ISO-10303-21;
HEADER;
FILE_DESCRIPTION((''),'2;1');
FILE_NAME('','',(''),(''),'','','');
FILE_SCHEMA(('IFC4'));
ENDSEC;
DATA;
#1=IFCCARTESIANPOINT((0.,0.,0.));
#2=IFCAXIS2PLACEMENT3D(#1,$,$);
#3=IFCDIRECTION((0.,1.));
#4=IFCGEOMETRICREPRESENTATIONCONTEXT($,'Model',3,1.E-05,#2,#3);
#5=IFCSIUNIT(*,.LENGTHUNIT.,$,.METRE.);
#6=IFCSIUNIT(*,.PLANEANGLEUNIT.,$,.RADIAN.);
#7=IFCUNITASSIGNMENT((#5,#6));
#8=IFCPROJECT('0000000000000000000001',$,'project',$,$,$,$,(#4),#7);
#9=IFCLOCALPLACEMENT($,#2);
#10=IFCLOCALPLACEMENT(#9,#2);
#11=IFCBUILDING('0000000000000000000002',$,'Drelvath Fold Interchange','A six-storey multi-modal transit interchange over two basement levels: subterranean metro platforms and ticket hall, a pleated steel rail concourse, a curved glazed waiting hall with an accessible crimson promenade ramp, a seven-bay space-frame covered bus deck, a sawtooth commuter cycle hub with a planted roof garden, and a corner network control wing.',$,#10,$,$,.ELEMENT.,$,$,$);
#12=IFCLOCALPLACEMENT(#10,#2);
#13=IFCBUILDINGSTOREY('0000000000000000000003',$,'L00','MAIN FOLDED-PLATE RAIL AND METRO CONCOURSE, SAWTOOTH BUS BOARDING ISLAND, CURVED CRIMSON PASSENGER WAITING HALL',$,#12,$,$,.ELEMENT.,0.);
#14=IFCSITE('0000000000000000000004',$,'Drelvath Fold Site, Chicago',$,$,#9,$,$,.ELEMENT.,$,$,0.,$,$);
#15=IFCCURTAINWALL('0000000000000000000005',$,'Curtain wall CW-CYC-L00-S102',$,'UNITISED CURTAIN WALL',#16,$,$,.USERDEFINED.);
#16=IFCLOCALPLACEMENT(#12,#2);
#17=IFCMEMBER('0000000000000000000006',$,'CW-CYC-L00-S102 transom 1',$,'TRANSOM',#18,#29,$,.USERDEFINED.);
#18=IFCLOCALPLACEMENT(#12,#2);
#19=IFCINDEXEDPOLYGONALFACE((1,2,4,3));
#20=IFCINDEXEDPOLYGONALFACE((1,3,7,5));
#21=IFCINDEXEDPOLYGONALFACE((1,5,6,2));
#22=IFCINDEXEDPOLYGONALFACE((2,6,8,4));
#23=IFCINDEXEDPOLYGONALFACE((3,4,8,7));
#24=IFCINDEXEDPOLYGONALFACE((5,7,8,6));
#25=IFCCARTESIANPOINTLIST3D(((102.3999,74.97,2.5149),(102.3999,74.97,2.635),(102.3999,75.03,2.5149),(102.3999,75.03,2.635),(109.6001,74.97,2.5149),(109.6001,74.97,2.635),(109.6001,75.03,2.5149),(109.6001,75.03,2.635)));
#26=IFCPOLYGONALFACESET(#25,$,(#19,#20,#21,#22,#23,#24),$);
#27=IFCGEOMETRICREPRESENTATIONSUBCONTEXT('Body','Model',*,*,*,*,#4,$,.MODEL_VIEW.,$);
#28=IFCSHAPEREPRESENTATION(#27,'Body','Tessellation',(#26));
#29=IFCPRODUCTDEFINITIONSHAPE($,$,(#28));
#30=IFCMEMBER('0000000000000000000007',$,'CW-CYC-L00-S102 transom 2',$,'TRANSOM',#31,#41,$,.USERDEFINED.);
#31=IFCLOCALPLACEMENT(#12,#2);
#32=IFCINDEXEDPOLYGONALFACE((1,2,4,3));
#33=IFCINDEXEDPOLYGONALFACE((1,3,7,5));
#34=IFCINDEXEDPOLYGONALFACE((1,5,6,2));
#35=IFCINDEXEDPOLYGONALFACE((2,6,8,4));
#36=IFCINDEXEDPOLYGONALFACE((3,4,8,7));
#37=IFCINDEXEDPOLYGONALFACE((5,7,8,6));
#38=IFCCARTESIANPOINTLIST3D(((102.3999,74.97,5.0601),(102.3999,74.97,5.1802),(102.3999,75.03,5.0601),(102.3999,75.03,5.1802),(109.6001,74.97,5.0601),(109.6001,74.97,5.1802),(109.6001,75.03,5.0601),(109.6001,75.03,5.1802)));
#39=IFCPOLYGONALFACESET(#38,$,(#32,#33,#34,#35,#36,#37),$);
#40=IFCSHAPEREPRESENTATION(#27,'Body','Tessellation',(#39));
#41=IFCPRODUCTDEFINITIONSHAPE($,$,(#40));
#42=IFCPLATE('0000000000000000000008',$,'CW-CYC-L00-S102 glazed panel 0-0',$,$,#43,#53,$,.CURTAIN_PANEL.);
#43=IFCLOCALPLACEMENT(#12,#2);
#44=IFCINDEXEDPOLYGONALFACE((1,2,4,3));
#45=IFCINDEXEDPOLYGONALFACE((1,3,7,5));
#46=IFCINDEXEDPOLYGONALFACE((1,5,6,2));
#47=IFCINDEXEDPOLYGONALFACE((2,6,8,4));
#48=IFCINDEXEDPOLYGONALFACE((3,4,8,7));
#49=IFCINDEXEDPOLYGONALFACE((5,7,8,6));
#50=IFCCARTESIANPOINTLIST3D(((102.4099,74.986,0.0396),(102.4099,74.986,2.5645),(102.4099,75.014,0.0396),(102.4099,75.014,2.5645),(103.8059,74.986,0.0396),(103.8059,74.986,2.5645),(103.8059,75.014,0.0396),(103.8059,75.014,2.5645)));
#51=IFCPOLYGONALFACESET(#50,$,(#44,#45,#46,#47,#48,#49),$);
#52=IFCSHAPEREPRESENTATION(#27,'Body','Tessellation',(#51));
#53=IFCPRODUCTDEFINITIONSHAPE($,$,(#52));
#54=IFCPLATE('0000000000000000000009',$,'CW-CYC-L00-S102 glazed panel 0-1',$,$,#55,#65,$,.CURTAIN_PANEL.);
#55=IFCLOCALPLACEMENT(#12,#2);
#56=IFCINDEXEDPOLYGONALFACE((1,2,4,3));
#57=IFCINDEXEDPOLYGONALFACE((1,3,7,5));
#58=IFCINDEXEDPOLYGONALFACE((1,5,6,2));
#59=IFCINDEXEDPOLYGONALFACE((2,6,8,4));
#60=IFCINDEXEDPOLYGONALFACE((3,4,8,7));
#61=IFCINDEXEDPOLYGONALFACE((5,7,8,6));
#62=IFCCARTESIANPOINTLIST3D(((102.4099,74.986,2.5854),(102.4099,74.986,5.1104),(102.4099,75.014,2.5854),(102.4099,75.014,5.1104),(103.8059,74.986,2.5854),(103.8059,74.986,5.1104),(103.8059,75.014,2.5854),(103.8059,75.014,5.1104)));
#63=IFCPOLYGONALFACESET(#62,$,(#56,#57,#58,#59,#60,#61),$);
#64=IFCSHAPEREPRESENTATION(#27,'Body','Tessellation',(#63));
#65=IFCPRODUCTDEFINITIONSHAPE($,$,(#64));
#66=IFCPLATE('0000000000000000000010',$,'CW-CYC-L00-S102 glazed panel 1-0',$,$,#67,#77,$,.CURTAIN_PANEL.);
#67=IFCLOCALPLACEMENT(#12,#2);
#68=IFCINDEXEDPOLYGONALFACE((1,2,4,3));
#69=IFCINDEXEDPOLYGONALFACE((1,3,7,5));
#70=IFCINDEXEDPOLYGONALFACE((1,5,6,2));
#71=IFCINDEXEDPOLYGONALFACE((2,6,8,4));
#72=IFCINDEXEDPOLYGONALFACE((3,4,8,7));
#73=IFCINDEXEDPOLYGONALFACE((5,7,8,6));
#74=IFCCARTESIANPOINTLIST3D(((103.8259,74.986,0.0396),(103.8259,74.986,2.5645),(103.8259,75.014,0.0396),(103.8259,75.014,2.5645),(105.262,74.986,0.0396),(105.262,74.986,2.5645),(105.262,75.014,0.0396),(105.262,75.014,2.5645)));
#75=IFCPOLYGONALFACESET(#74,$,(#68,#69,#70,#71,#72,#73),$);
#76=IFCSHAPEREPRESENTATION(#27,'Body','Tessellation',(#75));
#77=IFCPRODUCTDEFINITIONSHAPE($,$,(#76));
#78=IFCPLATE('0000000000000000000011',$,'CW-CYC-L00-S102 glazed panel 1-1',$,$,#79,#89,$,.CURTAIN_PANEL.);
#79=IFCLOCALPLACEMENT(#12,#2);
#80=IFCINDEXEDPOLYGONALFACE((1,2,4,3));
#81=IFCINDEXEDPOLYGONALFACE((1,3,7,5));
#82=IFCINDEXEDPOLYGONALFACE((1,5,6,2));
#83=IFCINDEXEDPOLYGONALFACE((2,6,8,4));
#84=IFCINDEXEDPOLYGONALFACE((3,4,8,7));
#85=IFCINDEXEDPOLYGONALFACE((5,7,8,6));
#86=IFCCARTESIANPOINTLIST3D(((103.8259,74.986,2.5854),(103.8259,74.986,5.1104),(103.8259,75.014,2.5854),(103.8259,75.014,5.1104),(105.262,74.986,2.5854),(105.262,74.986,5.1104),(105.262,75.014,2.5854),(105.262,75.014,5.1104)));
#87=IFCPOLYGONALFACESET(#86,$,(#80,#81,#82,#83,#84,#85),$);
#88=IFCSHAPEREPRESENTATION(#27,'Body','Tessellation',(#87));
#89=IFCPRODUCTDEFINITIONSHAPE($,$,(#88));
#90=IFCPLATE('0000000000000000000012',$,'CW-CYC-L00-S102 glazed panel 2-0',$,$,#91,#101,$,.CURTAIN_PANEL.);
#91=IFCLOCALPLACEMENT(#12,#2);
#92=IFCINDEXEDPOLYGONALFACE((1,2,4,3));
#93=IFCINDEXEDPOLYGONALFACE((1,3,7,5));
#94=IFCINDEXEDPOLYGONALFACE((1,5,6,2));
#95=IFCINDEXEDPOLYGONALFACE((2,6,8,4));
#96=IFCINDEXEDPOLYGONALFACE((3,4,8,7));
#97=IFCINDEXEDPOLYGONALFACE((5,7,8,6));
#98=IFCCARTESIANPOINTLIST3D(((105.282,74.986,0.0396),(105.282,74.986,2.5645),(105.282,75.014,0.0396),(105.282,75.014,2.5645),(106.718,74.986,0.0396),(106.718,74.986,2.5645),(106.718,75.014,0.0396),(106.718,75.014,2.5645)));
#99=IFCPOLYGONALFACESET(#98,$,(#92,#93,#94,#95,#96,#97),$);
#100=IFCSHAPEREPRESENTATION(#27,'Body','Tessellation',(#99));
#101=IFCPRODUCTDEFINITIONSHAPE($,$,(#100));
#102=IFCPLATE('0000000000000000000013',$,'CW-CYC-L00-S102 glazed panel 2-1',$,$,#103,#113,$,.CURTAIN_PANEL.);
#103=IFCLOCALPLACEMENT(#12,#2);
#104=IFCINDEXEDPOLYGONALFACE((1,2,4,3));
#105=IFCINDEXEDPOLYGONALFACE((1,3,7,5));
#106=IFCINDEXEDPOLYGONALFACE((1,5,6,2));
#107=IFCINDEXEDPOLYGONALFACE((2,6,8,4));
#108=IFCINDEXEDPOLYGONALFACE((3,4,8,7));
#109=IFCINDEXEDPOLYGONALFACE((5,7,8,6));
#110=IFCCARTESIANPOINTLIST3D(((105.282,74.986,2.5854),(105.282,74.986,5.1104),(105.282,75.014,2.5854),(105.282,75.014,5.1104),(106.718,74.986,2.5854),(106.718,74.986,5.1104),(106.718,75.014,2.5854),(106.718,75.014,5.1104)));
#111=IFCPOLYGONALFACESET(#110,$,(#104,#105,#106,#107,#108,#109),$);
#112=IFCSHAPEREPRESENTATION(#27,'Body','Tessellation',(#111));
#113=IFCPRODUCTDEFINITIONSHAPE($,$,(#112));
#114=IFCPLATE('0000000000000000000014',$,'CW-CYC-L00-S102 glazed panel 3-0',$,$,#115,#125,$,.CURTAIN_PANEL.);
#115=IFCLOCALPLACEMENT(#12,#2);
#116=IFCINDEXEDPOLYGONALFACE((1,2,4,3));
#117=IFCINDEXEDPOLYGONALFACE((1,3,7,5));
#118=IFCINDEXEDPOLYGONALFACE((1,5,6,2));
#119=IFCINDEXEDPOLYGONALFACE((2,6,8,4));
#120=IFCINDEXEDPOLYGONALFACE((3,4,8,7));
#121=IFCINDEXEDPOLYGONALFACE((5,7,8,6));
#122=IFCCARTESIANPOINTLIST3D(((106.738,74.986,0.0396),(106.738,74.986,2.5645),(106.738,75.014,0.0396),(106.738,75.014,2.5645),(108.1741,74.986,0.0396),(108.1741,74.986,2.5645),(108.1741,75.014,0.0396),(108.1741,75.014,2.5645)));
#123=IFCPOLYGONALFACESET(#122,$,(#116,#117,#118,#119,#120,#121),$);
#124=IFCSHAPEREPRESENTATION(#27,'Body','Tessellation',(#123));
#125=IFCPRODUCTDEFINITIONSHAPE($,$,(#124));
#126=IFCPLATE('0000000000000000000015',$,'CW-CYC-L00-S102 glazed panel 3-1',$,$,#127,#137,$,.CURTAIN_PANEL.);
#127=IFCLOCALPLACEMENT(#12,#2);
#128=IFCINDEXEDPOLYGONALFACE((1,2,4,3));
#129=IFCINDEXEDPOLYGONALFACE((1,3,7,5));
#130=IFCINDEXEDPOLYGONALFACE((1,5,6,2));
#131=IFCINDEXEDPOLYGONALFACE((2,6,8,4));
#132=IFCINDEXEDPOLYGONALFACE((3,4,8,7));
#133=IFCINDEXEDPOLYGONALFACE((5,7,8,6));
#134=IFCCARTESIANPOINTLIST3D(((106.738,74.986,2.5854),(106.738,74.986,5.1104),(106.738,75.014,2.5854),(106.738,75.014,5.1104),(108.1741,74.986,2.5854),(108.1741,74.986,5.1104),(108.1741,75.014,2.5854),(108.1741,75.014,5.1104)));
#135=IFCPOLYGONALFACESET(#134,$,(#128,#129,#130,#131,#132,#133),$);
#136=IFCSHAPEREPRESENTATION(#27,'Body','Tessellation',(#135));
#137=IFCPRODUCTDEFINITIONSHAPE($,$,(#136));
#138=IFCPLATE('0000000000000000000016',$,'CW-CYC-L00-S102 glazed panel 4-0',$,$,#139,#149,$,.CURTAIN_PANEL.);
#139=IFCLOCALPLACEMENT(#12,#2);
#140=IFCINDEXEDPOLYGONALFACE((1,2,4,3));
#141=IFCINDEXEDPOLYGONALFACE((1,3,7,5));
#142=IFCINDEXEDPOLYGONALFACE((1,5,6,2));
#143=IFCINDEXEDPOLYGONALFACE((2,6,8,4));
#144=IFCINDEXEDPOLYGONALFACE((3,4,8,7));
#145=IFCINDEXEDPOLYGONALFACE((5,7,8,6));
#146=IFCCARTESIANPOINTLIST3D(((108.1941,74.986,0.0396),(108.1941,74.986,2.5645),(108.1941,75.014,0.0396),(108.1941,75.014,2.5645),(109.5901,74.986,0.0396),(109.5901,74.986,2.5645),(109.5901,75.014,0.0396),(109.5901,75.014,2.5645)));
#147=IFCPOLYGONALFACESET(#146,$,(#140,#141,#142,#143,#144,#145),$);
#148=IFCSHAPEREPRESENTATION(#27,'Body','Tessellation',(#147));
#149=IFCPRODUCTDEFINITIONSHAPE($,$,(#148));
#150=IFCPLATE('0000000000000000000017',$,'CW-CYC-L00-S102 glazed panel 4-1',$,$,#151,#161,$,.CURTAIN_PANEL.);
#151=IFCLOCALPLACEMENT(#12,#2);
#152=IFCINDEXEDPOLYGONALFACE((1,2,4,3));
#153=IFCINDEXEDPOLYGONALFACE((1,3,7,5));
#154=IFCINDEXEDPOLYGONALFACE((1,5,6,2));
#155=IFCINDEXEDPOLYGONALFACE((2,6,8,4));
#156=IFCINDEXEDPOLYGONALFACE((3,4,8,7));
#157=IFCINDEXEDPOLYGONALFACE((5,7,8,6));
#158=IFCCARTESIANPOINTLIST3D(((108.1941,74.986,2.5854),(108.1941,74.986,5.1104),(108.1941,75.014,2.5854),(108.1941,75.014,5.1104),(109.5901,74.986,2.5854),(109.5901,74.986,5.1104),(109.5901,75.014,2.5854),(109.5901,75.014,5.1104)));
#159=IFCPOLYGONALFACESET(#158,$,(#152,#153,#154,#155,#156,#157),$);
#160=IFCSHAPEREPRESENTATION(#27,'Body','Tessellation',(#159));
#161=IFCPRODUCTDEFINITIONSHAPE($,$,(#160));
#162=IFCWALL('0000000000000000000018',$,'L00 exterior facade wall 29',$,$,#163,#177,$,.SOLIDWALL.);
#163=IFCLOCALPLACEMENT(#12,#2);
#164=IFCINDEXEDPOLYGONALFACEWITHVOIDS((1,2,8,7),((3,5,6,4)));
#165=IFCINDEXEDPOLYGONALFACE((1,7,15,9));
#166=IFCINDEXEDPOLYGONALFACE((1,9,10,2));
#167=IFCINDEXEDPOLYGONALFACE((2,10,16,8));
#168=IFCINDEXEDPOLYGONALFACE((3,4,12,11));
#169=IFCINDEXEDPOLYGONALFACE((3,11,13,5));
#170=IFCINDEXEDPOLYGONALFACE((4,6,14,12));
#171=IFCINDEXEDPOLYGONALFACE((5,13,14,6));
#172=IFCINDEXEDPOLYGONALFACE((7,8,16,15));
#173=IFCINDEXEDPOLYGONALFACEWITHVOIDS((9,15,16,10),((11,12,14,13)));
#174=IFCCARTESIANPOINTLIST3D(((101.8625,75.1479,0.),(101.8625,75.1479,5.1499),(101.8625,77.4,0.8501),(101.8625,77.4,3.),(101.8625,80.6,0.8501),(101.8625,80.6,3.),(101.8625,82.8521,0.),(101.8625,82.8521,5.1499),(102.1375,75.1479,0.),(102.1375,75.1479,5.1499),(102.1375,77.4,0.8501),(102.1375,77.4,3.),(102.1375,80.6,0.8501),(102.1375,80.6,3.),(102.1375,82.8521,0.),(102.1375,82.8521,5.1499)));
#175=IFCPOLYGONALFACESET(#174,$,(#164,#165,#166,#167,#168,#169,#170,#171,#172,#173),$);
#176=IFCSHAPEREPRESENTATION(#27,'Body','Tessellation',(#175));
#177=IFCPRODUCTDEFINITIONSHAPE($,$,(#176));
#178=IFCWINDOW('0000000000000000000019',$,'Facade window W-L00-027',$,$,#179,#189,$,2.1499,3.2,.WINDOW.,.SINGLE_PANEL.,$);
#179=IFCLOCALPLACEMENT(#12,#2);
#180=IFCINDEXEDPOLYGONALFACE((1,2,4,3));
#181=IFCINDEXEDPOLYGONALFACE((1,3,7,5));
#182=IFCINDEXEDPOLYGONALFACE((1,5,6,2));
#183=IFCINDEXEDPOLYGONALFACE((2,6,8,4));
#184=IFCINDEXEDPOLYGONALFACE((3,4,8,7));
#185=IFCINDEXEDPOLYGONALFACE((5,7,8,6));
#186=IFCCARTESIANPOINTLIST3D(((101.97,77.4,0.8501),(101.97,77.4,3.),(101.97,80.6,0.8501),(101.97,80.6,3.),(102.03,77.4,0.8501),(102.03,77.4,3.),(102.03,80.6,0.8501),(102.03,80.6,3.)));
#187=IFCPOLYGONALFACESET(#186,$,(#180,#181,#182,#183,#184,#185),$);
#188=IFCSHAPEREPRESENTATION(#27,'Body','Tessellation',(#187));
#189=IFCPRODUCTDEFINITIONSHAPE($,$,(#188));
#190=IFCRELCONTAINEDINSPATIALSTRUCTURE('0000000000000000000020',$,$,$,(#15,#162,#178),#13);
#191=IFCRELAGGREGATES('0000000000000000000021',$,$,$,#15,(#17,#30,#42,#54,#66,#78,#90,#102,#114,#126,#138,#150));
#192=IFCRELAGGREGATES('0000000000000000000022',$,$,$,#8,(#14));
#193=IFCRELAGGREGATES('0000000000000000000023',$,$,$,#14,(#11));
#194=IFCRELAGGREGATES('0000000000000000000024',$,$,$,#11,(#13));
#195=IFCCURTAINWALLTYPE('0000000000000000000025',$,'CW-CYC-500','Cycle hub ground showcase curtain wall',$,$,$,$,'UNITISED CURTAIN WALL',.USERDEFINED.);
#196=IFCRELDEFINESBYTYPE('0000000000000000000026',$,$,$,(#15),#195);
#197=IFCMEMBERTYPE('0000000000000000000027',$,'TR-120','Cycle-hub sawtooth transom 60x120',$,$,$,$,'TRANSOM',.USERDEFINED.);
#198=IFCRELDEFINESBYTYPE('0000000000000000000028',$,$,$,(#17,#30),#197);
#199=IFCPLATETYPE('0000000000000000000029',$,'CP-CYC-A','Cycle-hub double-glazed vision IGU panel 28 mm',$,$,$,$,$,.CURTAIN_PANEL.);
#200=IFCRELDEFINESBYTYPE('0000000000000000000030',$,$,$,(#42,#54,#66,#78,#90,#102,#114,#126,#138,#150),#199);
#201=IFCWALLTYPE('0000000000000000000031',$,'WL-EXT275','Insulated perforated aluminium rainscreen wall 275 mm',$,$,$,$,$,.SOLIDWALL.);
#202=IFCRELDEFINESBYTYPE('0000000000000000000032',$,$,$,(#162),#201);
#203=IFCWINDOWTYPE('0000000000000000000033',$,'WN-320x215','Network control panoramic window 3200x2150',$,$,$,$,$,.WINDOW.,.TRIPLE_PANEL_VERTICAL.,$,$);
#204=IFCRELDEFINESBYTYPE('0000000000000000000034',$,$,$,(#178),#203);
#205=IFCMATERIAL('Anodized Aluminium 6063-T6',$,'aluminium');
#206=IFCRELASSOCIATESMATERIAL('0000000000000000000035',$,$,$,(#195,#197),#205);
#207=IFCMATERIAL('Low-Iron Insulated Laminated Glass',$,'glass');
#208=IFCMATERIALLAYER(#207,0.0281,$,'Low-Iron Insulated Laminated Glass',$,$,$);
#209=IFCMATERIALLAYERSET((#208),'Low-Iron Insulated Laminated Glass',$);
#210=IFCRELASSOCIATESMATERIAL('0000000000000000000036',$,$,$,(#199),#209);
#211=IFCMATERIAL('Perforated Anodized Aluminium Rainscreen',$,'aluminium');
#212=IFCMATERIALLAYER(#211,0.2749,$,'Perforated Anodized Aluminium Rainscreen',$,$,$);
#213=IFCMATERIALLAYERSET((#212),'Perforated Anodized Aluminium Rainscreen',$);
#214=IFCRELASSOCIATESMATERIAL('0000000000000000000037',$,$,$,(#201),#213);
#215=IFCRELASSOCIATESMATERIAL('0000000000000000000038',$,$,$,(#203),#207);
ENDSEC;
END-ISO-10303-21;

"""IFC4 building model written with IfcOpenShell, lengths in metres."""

from ifc_helpers import new_model, si_unit, direction, frame, frame_2d, origin, origin_2d, place, context, subcontext, project, spatial, rectangle, extrude, material, layer, layer_set, material_profile, profile_set, type_object, element, fill, aggregate, save


model = new_model("IFC4")

# Units and contexts
model_context = context("Model", 3, precision=1e-05, world=origin(), true_north=direction((0.0, 1.0)))
body_context = subcontext(model_context, "Body", "Model", "MODEL_VIEW")
ifc_project = project(units=[si_unit("LENGTHUNIT", "METRE"), si_unit("PLANEANGLEUNIT", "RADIAN")], contexts=[model_context])

# Site, building, storey
site_placement = place(None, origin())
site = spatial("IfcSite", under=ifc_project, at=site_placement, Name="Drelvath Fold Site, Chicago", CompositionType="ELEMENT", RefElevation=0.0)
building_placement = place(site_placement, origin())
building = spatial("IfcBuilding", under=site, at=building_placement, Name="Drelvath Fold Interchange", Description="A six-storey multi-modal transit interchange over two basement levels: subterranean metro platforms and ticket hall, a pleated steel rail concourse, a curved glazed waiting hall with an accessible crimson promenade ramp, a seven-bay space-frame covered bus deck, a sawtooth commuter cycle hub with a planted roof garden, and a corner network control wing.", CompositionType="ELEMENT")
storey_placement = place(building_placement, origin())
storey = spatial("IfcBuildingStorey", under=building, at=storey_placement, Name="L00", Description="MAIN FOLDED-PLATE RAIL AND METRO CONCOURSE, SAWTOOTH BUS BOARDING ISLAND, CURVED CRIMSON PASSENGER WAITING HALL", CompositionType="ELEMENT", Elevation=0.0)

# Curtain wall, members, plates
ifc_material_1 = material(Name="Anodized Aluminium 6063-T6", Category="aluminium")
curtain_wall_type = type_object("IfcCurtainWallType", Name="CW-CYC-500", Description="Cycle hub ground showcase curtain wall", ElementType="UNITISED CURTAIN WALL", PredefinedType="USERDEFINED", material=ifc_material_1)
curtain_wall_placement = place(storey_placement, origin())
curtain_wall = element("IfcCurtainWall", 1, at=curtain_wall_placement, inside=storey, type_object=curtain_wall_type, Name="Curtain wall CW-CYC-L00-S102", ObjectType="UNITISED CURTAIN WALL", PredefinedType="USERDEFINED")
ifc_material_profile_1 = material_profile(ifc_material_1, rectangle(XDim=0.0601, YDim=0.1201, at=origin_2d()), Name="AL-T 60x120")
ifc_profile_set_1 = profile_set([ifc_material_profile_1], Name="Anodized Aluminium 6063-T6")
member_type_1 = type_object("IfcMemberType", Name="TR-120", Description="Cycle-hub sawtooth transom 60x120", ElementType="TRANSOM", PredefinedType="USERDEFINED", material=ifc_profile_set_1)
member_1_placement = place(storey_placement, frame((102.3999, 75.0, 2.575), z_axis=(1.0, 0.0, 0.0), x_axis=(0.0, 1.0, 0.0)))
member_1 = element("IfcMember", 2, at=member_1_placement, type_object=member_type_1, Name="CW-CYC-L00-S102 transom 1", ObjectType="TRANSOM", PredefinedType="USERDEFINED", context=body_context, shape_type="SweptSolid", body=[
    extrude(rectangle(XDim=0.0601, YDim=0.1201, at=origin_2d()), origin(), (0.0, 0.0, 1.0), 7.2002),
])
member_2_placement = place(storey_placement, frame((102.3999, 75.0, 5.1201), z_axis=(1.0, 0.0, 0.0), x_axis=(0.0, 1.0, 0.0)))
member_2 = element("IfcMember", 3, at=member_2_placement, type_object=member_type_1, Name="CW-CYC-L00-S102 transom 2", ObjectType="TRANSOM", PredefinedType="USERDEFINED", context=body_context, shape_type="SweptSolid", body=[
    extrude(rectangle(XDim=0.0601, YDim=0.1201, at=origin_2d()), origin(), (0.0, 0.0, 1.0), 7.2002),
])
ifc_material_2 = material(Name="Low-Iron Insulated Laminated Glass", Category="glass")
ifc_layer_1 = layer(ifc_material_2, 0.0281, Name="Low-Iron Insulated Laminated Glass")
ifc_layer_set_1 = layer_set([ifc_layer_1], Name="Low-Iron Insulated Laminated Glass")
plate_type = type_object("IfcPlateType", Name="CP-CYC-A", Description="Cycle-hub double-glazed vision IGU panel 28 mm", PredefinedType="CURTAIN_PANEL", material=ifc_layer_set_1)
plate_1_placement = place(storey_placement, frame((103.1079, 75.0, 0.0396), z_axis=(0.0, 0.0, 1.0), x_axis=(1.0, 0.0, 0.0)))
plate_1 = element("IfcPlate", 4, at=plate_1_placement, type_object=plate_type, Name="CW-CYC-L00-S102 glazed panel 0-0", PredefinedType="CURTAIN_PANEL", context=body_context, shape_type="SweptSolid", body=[
    extrude(rectangle(XDim=1.396, YDim=0.0281, at=origin_2d()), origin(), (0.0, 0.0, 1.0), 2.5249),
])
plate_2_placement = place(storey_placement, frame((103.1079, 75.0, 2.5854), z_axis=(0.0, 0.0, 1.0), x_axis=(1.0, 0.0, 0.0)))
plate_2 = element("IfcPlate", 5, at=plate_2_placement, type_object=plate_type, Name="CW-CYC-L00-S102 glazed panel 0-1", PredefinedType="CURTAIN_PANEL", context=body_context, shape_type="SweptSolid", body=[
    extrude(rectangle(XDim=1.396, YDim=0.0281, at=origin_2d()), origin(), (0.0, 0.0, 1.0), 2.5249),
])
plate_3_placement = place(storey_placement, frame((104.5439, 75.0, 0.0396), z_axis=(0.0, 0.0, 1.0), x_axis=(1.0, 0.0, 0.0)))
plate_3 = element("IfcPlate", 6, at=plate_3_placement, type_object=plate_type, Name="CW-CYC-L00-S102 glazed panel 1-0", PredefinedType="CURTAIN_PANEL", context=body_context, shape_type="SweptSolid", body=[
    extrude(rectangle(XDim=1.436, YDim=0.0281, at=origin_2d()), origin(), (0.0, 0.0, 1.0), 2.5249),
])
plate_4_placement = place(storey_placement, frame((104.5439, 75.0, 2.5854), z_axis=(0.0, 0.0, 1.0), x_axis=(1.0, 0.0, 0.0)))
plate_4 = element("IfcPlate", 7, at=plate_4_placement, type_object=plate_type, Name="CW-CYC-L00-S102 glazed panel 1-1", PredefinedType="CURTAIN_PANEL", context=body_context, shape_type="SweptSolid", body=[
    extrude(rectangle(XDim=1.436, YDim=0.0281, at=origin_2d()), origin(), (0.0, 0.0, 1.0), 2.5249),
])
plate_5_placement = place(storey_placement, frame((106.0, 75.0, 0.0396), z_axis=(0.0, 0.0, 1.0), x_axis=(1.0, 0.0, 0.0)))
plate_5 = element("IfcPlate", 8, at=plate_5_placement, type_object=plate_type, Name="CW-CYC-L00-S102 glazed panel 2-0", PredefinedType="CURTAIN_PANEL", context=body_context, shape_type="SweptSolid", body=[
    extrude(rectangle(XDim=1.436, YDim=0.0281, at=origin_2d()), origin(), (0.0, 0.0, 1.0), 2.5249),
])
plate_6_placement = place(storey_placement, frame((106.0, 75.0, 2.5854), z_axis=(0.0, 0.0, 1.0), x_axis=(1.0, 0.0, 0.0)))
plate_6 = element("IfcPlate", 9, at=plate_6_placement, type_object=plate_type, Name="CW-CYC-L00-S102 glazed panel 2-1", PredefinedType="CURTAIN_PANEL", context=body_context, shape_type="SweptSolid", body=[
    extrude(rectangle(XDim=1.436, YDim=0.0281, at=origin_2d()), origin(), (0.0, 0.0, 1.0), 2.5249),
])
plate_7_placement = place(storey_placement, frame((107.4561, 75.0, 0.0396), z_axis=(0.0, 0.0, 1.0), x_axis=(1.0, 0.0, 0.0)))
plate_7 = element("IfcPlate", 10, at=plate_7_placement, type_object=plate_type, Name="CW-CYC-L00-S102 glazed panel 3-0", PredefinedType="CURTAIN_PANEL", context=body_context, shape_type="SweptSolid", body=[
    extrude(rectangle(XDim=1.436, YDim=0.0281, at=origin_2d()), origin(), (0.0, 0.0, 1.0), 2.5249),
])
plate_8_placement = place(storey_placement, frame((107.4561, 75.0, 2.5854), z_axis=(0.0, 0.0, 1.0), x_axis=(1.0, 0.0, 0.0)))
plate_8 = element("IfcPlate", 11, at=plate_8_placement, type_object=plate_type, Name="CW-CYC-L00-S102 glazed panel 3-1", PredefinedType="CURTAIN_PANEL", context=body_context, shape_type="SweptSolid", body=[
    extrude(rectangle(XDim=1.436, YDim=0.0281, at=origin_2d()), origin(), (0.0, 0.0, 1.0), 2.5249),
])
plate_9_placement = place(storey_placement, frame((108.8921, 75.0, 0.0396), z_axis=(0.0, 0.0, 1.0), x_axis=(1.0, 0.0, 0.0)))
plate_9 = element("IfcPlate", 12, at=plate_9_placement, type_object=plate_type, Name="CW-CYC-L00-S102 glazed panel 4-0", PredefinedType="CURTAIN_PANEL", context=body_context, shape_type="SweptSolid", body=[
    extrude(rectangle(XDim=1.396, YDim=0.0281, at=origin_2d()), origin(), (0.0, 0.0, 1.0), 2.5249),
])
plate_10_placement = place(storey_placement, frame((108.8921, 75.0, 2.5854), z_axis=(0.0, 0.0, 1.0), x_axis=(1.0, 0.0, 0.0)))
plate_10 = element("IfcPlate", 13, at=plate_10_placement, type_object=plate_type, Name="CW-CYC-L00-S102 glazed panel 4-1", PredefinedType="CURTAIN_PANEL", context=body_context, shape_type="SweptSolid", body=[
    extrude(rectangle(XDim=1.396, YDim=0.0281, at=origin_2d()), origin(), (0.0, 0.0, 1.0), 2.5249),
])
aggregate(curtain_wall, [member_1, member_2, plate_1, plate_2, plate_3, plate_4, plate_5, plate_6, plate_7, plate_8, plate_9, plate_10])

# Wall, opening, window
ifc_material_3 = material(Name="Perforated Anodized Aluminium Rainscreen", Category="aluminium")
ifc_layer_2 = layer(ifc_material_3, 0.2749, Name="Perforated Anodized Aluminium Rainscreen")
ifc_layer_set_2 = layer_set([ifc_layer_2], Name="Perforated Anodized Aluminium Rainscreen")
wall_type_1 = type_object("IfcWallType", Name="WL-EXT275", Description="Insulated perforated aluminium rainscreen wall 275 mm", PredefinedType="SOLIDWALL", material=ifc_layer_set_2)
wall_1_placement = place(storey_placement, frame((102.0, 75.1479, 0.0), z_axis=(0.0, 0.0, 1.0), x_axis=(0.0, 1.0, 0.0)))
wall_1 = element("IfcWall", 14, at=wall_1_placement, inside=storey, type_object=wall_type_1, Name="L00 exterior facade wall 29", PredefinedType="SOLIDWALL", context=body_context, shape_type="SweptSolid", body=[
    extrude(rectangle(XDim=7.7041, YDim=0.2749, at=frame_2d((3.8521, 0.0))), origin(), (0.0, 0.0, 1.0), 5.1499),
])
opening_1_placement = place(wall_1_placement, frame((2.252, 0.0, 0.8501)))
opening_1 = element("IfcOpeningElement", 15, at=opening_1_placement, cuts=wall_1, PredefinedType="OPENING", context=body_context, shape_type="SweptSolid", body=[
    extrude(rectangle(XDim=3.2, YDim=2.1499, at=frame_2d((1.6001, 1.075))), frame((0.0, 0.1475, 0.0), z_axis=(0.0, -1.0, 0.0), x_axis=(1.0, 0.0, 0.0)), (0.0, 0.0, 1.0), 0.2949),
])
window_type_1 = type_object("IfcWindowType", Name="WN-320x215", Description="Network control panoramic window 3200x2150", PartitioningType="TRIPLE_PANEL_VERTICAL", PredefinedType="WINDOW", material=ifc_material_2)
window_1_placement = place(opening_1_placement, origin())
window_1 = element("IfcWindow", 16, at=window_1_placement, inside=storey, type_object=window_type_1, Name="Facade window W-L00-027", OverallHeight=2.1499, OverallWidth=3.2, PartitioningType="SINGLE_PANEL", PredefinedType="WINDOW", context=body_context, shape_type="SweptSolid", body=[
    extrude(rectangle(XDim=3.2, YDim=2.1499, at=frame_2d((1.6001, 1.075))), frame((0.0, 0.03, 0.0), z_axis=(0.0, -1.0, 0.0), x_axis=(1.0, 0.0, 0.0)), (0.0, 0.0, 1.0), 0.0601),
])
fill(opening_1, window_1)

save(model, "model.ifc")
